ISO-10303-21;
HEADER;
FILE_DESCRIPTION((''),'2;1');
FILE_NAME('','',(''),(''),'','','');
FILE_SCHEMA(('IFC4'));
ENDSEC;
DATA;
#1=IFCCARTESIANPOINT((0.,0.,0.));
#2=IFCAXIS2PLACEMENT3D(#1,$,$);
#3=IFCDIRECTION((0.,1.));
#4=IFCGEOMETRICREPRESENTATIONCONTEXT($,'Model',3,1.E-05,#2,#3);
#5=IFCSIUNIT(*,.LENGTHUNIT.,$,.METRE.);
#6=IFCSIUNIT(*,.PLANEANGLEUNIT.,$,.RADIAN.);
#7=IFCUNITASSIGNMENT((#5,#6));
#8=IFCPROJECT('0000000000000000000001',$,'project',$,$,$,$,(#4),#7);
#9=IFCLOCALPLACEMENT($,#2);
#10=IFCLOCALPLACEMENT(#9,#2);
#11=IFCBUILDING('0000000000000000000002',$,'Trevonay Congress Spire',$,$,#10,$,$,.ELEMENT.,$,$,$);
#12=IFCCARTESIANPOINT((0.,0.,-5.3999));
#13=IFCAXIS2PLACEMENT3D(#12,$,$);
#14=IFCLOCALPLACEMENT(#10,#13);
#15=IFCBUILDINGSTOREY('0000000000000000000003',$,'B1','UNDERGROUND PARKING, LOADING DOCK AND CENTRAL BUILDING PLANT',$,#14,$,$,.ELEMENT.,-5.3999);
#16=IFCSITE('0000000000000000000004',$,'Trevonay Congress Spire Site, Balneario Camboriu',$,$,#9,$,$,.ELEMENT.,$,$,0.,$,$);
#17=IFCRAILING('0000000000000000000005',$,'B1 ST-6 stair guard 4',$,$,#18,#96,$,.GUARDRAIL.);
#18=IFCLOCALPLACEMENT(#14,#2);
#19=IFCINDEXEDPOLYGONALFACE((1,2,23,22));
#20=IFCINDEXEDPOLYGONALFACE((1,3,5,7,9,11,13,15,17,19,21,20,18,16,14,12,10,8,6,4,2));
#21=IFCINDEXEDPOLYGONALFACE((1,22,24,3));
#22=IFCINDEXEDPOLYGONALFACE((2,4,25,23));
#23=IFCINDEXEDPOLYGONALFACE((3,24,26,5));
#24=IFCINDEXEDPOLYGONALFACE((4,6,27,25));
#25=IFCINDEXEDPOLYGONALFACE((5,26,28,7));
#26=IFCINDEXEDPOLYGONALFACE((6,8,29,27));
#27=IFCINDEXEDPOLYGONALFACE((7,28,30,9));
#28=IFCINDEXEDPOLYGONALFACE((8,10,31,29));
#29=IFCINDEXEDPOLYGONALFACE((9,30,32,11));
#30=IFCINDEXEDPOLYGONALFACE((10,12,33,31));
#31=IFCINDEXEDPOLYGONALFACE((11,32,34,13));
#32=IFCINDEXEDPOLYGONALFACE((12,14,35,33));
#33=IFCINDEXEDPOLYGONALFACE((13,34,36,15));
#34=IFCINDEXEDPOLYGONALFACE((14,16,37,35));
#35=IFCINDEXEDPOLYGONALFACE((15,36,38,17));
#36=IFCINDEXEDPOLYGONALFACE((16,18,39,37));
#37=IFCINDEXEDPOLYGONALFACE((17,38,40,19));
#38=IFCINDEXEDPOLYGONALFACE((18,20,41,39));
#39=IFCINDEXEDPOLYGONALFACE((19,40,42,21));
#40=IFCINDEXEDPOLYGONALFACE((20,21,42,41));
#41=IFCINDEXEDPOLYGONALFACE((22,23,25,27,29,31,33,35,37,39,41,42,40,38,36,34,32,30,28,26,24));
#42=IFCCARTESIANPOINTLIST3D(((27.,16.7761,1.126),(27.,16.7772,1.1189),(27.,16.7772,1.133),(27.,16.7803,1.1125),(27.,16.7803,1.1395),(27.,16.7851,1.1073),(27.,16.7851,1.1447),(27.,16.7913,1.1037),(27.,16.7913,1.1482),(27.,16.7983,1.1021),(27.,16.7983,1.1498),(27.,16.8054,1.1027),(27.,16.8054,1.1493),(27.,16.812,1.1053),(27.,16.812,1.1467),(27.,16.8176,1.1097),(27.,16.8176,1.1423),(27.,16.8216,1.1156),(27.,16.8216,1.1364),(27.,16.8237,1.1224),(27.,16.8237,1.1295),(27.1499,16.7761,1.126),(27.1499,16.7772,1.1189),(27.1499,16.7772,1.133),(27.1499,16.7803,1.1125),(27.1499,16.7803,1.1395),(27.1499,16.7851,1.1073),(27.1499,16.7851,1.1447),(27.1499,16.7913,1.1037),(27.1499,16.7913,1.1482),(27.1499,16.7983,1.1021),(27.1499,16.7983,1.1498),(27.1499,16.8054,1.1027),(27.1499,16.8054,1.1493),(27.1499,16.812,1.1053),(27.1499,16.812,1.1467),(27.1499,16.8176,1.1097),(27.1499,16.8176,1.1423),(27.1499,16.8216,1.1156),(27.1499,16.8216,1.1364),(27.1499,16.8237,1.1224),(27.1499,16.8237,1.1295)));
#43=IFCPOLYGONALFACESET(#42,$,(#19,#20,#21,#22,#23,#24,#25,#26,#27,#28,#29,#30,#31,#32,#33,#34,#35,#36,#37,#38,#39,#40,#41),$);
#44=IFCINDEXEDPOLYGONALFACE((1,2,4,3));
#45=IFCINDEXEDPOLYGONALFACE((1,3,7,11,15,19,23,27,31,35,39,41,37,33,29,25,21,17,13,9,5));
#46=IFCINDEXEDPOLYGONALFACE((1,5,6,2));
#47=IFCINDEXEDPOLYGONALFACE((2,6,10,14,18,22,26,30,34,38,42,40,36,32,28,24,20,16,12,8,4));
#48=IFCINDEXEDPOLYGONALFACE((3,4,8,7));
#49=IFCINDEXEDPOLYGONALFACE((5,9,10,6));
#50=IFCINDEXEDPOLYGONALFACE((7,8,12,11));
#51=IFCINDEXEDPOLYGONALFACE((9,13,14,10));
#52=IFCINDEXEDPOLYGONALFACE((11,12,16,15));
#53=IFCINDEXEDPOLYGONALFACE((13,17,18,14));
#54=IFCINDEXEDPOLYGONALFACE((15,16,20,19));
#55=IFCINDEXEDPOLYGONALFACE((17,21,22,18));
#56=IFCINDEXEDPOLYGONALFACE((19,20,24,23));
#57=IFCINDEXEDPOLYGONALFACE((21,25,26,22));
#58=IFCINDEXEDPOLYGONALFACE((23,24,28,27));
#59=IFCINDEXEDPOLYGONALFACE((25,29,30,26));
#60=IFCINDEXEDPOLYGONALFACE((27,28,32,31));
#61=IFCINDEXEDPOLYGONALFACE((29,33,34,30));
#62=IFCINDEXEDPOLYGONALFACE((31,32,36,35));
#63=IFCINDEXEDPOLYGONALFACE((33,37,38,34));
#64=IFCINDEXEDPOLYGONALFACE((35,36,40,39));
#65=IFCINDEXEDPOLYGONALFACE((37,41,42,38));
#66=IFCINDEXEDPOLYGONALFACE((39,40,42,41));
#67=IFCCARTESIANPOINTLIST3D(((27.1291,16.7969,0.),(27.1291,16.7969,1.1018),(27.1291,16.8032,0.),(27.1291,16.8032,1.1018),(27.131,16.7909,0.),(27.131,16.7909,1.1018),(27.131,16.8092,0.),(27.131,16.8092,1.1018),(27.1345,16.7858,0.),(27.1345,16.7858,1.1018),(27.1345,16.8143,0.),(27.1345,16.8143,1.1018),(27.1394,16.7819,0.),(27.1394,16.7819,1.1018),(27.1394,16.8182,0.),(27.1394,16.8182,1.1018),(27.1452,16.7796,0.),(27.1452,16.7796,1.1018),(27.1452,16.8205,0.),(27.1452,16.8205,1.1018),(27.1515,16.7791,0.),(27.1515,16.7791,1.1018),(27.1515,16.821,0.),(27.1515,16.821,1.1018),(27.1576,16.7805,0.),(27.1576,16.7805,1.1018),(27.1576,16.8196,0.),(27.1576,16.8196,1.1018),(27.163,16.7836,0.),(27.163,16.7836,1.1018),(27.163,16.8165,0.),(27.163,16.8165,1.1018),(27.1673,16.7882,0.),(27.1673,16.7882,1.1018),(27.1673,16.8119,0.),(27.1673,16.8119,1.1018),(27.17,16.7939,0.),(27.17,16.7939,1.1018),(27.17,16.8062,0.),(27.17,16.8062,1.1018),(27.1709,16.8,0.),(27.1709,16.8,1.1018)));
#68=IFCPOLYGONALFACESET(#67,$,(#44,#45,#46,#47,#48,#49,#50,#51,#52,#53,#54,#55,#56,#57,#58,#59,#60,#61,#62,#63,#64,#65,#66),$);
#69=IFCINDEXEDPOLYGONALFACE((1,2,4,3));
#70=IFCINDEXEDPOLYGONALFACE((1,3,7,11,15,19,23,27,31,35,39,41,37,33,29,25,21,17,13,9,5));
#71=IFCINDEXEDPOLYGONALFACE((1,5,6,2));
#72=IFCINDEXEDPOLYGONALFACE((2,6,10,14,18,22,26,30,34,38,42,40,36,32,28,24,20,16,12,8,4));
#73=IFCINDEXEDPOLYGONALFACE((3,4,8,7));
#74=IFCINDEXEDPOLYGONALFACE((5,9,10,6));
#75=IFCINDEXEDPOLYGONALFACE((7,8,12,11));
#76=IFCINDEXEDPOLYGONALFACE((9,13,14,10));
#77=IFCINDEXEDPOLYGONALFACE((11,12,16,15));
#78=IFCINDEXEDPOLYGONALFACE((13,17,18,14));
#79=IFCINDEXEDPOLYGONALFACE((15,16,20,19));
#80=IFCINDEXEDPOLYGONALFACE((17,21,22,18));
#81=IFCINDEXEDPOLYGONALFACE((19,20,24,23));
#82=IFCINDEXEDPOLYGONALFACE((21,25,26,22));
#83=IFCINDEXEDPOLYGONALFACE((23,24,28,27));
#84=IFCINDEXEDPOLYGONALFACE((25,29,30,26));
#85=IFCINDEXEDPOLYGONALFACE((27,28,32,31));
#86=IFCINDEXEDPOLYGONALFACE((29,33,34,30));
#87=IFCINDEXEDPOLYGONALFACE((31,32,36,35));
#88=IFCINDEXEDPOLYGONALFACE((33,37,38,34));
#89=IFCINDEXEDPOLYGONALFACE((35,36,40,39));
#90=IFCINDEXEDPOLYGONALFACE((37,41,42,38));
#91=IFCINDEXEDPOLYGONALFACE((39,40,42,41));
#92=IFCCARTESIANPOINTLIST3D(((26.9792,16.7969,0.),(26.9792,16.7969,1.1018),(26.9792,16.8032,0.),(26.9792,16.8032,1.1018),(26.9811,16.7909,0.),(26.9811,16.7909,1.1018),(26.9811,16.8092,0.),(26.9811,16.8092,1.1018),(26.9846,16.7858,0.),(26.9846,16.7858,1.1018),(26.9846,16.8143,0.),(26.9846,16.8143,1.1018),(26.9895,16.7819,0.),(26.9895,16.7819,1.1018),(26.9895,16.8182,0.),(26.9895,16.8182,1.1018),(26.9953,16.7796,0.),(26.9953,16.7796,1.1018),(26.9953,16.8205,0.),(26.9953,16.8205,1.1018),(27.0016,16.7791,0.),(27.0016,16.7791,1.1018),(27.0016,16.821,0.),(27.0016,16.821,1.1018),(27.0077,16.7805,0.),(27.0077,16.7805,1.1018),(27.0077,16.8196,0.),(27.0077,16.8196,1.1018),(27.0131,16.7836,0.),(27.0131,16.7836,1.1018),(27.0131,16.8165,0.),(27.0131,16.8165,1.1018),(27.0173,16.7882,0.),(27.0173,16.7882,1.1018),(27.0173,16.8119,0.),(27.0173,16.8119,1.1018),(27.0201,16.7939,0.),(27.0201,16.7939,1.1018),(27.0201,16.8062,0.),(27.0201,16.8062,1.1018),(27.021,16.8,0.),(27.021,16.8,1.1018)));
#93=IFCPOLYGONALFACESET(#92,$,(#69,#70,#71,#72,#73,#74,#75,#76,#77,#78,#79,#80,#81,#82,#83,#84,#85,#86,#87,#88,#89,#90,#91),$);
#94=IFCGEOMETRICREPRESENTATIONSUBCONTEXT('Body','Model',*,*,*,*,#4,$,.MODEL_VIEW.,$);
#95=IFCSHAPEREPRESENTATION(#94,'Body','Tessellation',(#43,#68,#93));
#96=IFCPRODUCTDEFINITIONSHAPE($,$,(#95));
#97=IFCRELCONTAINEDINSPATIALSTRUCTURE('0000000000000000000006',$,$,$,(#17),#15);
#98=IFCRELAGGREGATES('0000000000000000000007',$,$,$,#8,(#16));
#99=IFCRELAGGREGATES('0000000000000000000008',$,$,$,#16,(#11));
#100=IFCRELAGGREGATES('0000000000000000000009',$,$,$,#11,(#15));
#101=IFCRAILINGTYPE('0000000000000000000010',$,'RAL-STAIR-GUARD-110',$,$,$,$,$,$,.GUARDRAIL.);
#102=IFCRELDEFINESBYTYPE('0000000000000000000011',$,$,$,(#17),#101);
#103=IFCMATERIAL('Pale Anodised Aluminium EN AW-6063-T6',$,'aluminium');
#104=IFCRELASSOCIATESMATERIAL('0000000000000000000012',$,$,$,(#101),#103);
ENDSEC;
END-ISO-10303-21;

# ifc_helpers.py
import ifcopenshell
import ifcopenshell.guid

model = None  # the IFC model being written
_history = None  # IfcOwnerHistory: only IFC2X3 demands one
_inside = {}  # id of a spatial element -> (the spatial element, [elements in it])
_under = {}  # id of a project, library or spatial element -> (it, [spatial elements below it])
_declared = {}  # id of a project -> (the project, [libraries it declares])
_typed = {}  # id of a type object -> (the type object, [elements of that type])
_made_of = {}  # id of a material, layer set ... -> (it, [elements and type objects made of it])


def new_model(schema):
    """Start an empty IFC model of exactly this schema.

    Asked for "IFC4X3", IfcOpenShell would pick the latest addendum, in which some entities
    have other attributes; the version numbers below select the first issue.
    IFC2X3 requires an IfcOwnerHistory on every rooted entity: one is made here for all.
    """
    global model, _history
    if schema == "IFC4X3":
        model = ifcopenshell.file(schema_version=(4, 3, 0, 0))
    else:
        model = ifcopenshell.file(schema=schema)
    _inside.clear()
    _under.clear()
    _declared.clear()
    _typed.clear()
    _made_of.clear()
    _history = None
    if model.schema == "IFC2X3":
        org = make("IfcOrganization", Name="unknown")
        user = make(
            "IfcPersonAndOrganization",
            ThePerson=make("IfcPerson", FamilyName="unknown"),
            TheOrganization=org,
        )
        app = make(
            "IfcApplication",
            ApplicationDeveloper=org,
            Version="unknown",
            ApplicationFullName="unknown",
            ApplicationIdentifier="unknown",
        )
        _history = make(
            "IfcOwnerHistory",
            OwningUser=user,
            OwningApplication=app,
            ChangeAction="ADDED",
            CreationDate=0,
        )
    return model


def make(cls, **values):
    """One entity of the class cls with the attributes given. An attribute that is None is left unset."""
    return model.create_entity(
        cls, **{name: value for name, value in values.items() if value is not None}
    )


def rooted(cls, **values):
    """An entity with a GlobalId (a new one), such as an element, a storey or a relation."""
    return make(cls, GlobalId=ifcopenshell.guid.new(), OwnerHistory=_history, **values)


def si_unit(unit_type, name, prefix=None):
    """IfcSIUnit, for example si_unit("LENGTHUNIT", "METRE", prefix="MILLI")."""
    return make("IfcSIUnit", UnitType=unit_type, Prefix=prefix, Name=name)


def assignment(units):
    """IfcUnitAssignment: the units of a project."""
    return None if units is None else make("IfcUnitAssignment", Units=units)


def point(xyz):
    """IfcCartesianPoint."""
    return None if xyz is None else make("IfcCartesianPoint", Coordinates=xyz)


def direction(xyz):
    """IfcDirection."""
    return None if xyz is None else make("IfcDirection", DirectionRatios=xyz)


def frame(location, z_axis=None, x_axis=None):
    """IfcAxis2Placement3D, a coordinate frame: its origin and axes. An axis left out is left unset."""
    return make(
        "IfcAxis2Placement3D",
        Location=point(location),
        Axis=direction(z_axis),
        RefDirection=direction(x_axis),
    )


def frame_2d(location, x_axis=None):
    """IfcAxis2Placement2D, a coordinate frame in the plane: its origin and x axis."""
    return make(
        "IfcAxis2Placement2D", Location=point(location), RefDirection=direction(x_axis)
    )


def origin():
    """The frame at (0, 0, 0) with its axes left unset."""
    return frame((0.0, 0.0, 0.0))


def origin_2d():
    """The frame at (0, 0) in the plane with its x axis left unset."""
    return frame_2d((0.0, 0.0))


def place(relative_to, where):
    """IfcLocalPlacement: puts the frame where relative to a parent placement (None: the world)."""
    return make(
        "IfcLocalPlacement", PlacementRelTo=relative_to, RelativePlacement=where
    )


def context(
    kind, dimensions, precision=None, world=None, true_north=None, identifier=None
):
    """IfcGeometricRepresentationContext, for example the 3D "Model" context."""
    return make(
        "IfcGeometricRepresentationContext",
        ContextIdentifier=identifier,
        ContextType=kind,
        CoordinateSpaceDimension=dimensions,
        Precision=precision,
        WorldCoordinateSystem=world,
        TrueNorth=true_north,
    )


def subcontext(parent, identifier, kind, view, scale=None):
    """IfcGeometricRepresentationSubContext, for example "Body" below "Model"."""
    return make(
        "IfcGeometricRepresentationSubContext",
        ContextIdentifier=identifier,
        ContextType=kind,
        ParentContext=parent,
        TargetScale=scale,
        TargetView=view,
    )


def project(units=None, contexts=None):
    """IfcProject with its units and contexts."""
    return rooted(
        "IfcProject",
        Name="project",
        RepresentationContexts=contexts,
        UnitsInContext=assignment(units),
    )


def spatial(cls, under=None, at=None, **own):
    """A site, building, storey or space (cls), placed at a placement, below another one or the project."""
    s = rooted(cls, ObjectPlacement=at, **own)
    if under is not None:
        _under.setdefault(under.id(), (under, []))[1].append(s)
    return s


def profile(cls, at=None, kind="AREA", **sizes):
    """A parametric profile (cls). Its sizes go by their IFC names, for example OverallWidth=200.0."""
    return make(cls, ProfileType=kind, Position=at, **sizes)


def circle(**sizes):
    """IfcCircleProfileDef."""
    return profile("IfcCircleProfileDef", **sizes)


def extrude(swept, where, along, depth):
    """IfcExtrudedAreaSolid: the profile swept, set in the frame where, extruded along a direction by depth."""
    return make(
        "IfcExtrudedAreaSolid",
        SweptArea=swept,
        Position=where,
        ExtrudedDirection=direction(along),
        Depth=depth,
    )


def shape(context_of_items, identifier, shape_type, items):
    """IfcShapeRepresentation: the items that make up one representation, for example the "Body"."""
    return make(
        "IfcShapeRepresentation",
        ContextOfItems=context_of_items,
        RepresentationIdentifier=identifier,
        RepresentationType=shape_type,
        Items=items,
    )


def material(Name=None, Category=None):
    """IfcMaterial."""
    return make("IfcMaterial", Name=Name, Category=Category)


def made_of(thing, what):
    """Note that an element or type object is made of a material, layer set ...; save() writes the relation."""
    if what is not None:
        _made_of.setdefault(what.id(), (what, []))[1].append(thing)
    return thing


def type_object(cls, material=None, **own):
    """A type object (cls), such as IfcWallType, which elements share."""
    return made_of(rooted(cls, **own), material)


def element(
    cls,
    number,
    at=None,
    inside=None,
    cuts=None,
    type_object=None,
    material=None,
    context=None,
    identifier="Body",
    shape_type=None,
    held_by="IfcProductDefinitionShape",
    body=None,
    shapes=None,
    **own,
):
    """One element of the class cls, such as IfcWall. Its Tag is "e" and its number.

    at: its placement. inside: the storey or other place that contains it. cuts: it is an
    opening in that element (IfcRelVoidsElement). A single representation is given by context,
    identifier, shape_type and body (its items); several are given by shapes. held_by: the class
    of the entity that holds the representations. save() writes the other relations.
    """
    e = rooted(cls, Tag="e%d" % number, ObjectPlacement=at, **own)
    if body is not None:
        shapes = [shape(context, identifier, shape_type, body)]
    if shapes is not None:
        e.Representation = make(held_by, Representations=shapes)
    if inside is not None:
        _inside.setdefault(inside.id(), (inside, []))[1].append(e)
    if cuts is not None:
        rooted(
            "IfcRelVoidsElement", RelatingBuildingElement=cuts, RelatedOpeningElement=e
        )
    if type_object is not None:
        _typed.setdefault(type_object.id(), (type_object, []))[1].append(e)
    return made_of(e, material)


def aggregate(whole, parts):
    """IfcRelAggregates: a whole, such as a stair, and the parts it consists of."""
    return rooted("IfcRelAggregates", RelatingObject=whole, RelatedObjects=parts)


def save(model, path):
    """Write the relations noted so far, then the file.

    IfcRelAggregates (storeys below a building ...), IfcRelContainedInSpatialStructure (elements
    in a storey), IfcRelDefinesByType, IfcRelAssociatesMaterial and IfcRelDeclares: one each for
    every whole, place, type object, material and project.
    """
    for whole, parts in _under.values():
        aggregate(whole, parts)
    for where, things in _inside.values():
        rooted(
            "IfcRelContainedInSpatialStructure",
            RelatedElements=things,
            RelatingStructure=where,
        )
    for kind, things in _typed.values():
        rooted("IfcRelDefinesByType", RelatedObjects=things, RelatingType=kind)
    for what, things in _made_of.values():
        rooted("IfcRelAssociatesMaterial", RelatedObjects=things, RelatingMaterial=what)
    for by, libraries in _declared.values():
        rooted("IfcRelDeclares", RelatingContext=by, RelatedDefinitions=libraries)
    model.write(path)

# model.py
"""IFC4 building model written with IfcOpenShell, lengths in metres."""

from ifc_helpers import new_model, si_unit, direction, frame, origin, origin_2d, place, context, subcontext, project, spatial, circle, extrude, material, type_object, element, save


model = new_model("IFC4")

# Units and contexts
model_context = context("Model", 3, precision=1e-05, world=origin(), true_north=direction((0.0, 1.0)))
body_context = subcontext(model_context, "Body", "Model", "MODEL_VIEW")
ifc_project = project(units=[si_unit("LENGTHUNIT", "METRE"), si_unit("PLANEANGLEUNIT", "RADIAN")], contexts=[model_context])

# Site, building, storey
site_placement = place(None, origin())
site = spatial("IfcSite", under=ifc_project, at=site_placement, Name="Trevonay Congress Spire Site, Balneario Camboriu", CompositionType="ELEMENT", RefElevation=0.0)
building_placement = place(site_placement, origin())
building = spatial("IfcBuilding", under=site, at=building_placement, Name="Trevonay Congress Spire", CompositionType="ELEMENT")
storey_placement = place(building_placement, frame((0.0, 0.0, -5.3999)))
storey = spatial("IfcBuildingStorey", under=building, at=storey_placement, Name="B1", Description="UNDERGROUND PARKING, LOADING DOCK AND CENTRAL BUILDING PLANT", CompositionType="ELEMENT", Elevation=-5.3999)

# Railing
ifc_material_1 = material(Name="Pale Anodised Aluminium EN AW-6063-T6", Category="aluminium")
railing_type_1 = type_object("IfcRailingType", Name="RAL-STAIR-GUARD-110", PredefinedType="GUARDRAIL", material=ifc_material_1)
railing_1_placement = place(storey_placement, frame((27.1499, 16.8, 0.0)))
element("IfcRailing", 1, at=railing_1_placement, inside=storey, type_object=railing_type_1, Name="B1 ST-6 stair guard 4", PredefinedType="GUARDRAIL", context=body_context, shape_type="SweptSolid", body=[
    extrude(circle(Radius=0.0239, at=origin_2d()), frame((0.0, 0.0, 1.126), z_axis=(-1.0, 0.0, 0.0), x_axis=(0.0, -1.0, 0.0)), (0.0, 0.0, 1.0), 0.1499),
    extrude(circle(Radius=0.021, at=origin_2d()), origin(), (0.0, 0.0, 1.0), 1.1018),
    extrude(circle(Radius=0.021, at=origin_2d()), frame((-0.1499, 0.0, 0.0)), (0.0, 0.0, 1.0), 1.1018),
])

save(model, "model.ifc")
